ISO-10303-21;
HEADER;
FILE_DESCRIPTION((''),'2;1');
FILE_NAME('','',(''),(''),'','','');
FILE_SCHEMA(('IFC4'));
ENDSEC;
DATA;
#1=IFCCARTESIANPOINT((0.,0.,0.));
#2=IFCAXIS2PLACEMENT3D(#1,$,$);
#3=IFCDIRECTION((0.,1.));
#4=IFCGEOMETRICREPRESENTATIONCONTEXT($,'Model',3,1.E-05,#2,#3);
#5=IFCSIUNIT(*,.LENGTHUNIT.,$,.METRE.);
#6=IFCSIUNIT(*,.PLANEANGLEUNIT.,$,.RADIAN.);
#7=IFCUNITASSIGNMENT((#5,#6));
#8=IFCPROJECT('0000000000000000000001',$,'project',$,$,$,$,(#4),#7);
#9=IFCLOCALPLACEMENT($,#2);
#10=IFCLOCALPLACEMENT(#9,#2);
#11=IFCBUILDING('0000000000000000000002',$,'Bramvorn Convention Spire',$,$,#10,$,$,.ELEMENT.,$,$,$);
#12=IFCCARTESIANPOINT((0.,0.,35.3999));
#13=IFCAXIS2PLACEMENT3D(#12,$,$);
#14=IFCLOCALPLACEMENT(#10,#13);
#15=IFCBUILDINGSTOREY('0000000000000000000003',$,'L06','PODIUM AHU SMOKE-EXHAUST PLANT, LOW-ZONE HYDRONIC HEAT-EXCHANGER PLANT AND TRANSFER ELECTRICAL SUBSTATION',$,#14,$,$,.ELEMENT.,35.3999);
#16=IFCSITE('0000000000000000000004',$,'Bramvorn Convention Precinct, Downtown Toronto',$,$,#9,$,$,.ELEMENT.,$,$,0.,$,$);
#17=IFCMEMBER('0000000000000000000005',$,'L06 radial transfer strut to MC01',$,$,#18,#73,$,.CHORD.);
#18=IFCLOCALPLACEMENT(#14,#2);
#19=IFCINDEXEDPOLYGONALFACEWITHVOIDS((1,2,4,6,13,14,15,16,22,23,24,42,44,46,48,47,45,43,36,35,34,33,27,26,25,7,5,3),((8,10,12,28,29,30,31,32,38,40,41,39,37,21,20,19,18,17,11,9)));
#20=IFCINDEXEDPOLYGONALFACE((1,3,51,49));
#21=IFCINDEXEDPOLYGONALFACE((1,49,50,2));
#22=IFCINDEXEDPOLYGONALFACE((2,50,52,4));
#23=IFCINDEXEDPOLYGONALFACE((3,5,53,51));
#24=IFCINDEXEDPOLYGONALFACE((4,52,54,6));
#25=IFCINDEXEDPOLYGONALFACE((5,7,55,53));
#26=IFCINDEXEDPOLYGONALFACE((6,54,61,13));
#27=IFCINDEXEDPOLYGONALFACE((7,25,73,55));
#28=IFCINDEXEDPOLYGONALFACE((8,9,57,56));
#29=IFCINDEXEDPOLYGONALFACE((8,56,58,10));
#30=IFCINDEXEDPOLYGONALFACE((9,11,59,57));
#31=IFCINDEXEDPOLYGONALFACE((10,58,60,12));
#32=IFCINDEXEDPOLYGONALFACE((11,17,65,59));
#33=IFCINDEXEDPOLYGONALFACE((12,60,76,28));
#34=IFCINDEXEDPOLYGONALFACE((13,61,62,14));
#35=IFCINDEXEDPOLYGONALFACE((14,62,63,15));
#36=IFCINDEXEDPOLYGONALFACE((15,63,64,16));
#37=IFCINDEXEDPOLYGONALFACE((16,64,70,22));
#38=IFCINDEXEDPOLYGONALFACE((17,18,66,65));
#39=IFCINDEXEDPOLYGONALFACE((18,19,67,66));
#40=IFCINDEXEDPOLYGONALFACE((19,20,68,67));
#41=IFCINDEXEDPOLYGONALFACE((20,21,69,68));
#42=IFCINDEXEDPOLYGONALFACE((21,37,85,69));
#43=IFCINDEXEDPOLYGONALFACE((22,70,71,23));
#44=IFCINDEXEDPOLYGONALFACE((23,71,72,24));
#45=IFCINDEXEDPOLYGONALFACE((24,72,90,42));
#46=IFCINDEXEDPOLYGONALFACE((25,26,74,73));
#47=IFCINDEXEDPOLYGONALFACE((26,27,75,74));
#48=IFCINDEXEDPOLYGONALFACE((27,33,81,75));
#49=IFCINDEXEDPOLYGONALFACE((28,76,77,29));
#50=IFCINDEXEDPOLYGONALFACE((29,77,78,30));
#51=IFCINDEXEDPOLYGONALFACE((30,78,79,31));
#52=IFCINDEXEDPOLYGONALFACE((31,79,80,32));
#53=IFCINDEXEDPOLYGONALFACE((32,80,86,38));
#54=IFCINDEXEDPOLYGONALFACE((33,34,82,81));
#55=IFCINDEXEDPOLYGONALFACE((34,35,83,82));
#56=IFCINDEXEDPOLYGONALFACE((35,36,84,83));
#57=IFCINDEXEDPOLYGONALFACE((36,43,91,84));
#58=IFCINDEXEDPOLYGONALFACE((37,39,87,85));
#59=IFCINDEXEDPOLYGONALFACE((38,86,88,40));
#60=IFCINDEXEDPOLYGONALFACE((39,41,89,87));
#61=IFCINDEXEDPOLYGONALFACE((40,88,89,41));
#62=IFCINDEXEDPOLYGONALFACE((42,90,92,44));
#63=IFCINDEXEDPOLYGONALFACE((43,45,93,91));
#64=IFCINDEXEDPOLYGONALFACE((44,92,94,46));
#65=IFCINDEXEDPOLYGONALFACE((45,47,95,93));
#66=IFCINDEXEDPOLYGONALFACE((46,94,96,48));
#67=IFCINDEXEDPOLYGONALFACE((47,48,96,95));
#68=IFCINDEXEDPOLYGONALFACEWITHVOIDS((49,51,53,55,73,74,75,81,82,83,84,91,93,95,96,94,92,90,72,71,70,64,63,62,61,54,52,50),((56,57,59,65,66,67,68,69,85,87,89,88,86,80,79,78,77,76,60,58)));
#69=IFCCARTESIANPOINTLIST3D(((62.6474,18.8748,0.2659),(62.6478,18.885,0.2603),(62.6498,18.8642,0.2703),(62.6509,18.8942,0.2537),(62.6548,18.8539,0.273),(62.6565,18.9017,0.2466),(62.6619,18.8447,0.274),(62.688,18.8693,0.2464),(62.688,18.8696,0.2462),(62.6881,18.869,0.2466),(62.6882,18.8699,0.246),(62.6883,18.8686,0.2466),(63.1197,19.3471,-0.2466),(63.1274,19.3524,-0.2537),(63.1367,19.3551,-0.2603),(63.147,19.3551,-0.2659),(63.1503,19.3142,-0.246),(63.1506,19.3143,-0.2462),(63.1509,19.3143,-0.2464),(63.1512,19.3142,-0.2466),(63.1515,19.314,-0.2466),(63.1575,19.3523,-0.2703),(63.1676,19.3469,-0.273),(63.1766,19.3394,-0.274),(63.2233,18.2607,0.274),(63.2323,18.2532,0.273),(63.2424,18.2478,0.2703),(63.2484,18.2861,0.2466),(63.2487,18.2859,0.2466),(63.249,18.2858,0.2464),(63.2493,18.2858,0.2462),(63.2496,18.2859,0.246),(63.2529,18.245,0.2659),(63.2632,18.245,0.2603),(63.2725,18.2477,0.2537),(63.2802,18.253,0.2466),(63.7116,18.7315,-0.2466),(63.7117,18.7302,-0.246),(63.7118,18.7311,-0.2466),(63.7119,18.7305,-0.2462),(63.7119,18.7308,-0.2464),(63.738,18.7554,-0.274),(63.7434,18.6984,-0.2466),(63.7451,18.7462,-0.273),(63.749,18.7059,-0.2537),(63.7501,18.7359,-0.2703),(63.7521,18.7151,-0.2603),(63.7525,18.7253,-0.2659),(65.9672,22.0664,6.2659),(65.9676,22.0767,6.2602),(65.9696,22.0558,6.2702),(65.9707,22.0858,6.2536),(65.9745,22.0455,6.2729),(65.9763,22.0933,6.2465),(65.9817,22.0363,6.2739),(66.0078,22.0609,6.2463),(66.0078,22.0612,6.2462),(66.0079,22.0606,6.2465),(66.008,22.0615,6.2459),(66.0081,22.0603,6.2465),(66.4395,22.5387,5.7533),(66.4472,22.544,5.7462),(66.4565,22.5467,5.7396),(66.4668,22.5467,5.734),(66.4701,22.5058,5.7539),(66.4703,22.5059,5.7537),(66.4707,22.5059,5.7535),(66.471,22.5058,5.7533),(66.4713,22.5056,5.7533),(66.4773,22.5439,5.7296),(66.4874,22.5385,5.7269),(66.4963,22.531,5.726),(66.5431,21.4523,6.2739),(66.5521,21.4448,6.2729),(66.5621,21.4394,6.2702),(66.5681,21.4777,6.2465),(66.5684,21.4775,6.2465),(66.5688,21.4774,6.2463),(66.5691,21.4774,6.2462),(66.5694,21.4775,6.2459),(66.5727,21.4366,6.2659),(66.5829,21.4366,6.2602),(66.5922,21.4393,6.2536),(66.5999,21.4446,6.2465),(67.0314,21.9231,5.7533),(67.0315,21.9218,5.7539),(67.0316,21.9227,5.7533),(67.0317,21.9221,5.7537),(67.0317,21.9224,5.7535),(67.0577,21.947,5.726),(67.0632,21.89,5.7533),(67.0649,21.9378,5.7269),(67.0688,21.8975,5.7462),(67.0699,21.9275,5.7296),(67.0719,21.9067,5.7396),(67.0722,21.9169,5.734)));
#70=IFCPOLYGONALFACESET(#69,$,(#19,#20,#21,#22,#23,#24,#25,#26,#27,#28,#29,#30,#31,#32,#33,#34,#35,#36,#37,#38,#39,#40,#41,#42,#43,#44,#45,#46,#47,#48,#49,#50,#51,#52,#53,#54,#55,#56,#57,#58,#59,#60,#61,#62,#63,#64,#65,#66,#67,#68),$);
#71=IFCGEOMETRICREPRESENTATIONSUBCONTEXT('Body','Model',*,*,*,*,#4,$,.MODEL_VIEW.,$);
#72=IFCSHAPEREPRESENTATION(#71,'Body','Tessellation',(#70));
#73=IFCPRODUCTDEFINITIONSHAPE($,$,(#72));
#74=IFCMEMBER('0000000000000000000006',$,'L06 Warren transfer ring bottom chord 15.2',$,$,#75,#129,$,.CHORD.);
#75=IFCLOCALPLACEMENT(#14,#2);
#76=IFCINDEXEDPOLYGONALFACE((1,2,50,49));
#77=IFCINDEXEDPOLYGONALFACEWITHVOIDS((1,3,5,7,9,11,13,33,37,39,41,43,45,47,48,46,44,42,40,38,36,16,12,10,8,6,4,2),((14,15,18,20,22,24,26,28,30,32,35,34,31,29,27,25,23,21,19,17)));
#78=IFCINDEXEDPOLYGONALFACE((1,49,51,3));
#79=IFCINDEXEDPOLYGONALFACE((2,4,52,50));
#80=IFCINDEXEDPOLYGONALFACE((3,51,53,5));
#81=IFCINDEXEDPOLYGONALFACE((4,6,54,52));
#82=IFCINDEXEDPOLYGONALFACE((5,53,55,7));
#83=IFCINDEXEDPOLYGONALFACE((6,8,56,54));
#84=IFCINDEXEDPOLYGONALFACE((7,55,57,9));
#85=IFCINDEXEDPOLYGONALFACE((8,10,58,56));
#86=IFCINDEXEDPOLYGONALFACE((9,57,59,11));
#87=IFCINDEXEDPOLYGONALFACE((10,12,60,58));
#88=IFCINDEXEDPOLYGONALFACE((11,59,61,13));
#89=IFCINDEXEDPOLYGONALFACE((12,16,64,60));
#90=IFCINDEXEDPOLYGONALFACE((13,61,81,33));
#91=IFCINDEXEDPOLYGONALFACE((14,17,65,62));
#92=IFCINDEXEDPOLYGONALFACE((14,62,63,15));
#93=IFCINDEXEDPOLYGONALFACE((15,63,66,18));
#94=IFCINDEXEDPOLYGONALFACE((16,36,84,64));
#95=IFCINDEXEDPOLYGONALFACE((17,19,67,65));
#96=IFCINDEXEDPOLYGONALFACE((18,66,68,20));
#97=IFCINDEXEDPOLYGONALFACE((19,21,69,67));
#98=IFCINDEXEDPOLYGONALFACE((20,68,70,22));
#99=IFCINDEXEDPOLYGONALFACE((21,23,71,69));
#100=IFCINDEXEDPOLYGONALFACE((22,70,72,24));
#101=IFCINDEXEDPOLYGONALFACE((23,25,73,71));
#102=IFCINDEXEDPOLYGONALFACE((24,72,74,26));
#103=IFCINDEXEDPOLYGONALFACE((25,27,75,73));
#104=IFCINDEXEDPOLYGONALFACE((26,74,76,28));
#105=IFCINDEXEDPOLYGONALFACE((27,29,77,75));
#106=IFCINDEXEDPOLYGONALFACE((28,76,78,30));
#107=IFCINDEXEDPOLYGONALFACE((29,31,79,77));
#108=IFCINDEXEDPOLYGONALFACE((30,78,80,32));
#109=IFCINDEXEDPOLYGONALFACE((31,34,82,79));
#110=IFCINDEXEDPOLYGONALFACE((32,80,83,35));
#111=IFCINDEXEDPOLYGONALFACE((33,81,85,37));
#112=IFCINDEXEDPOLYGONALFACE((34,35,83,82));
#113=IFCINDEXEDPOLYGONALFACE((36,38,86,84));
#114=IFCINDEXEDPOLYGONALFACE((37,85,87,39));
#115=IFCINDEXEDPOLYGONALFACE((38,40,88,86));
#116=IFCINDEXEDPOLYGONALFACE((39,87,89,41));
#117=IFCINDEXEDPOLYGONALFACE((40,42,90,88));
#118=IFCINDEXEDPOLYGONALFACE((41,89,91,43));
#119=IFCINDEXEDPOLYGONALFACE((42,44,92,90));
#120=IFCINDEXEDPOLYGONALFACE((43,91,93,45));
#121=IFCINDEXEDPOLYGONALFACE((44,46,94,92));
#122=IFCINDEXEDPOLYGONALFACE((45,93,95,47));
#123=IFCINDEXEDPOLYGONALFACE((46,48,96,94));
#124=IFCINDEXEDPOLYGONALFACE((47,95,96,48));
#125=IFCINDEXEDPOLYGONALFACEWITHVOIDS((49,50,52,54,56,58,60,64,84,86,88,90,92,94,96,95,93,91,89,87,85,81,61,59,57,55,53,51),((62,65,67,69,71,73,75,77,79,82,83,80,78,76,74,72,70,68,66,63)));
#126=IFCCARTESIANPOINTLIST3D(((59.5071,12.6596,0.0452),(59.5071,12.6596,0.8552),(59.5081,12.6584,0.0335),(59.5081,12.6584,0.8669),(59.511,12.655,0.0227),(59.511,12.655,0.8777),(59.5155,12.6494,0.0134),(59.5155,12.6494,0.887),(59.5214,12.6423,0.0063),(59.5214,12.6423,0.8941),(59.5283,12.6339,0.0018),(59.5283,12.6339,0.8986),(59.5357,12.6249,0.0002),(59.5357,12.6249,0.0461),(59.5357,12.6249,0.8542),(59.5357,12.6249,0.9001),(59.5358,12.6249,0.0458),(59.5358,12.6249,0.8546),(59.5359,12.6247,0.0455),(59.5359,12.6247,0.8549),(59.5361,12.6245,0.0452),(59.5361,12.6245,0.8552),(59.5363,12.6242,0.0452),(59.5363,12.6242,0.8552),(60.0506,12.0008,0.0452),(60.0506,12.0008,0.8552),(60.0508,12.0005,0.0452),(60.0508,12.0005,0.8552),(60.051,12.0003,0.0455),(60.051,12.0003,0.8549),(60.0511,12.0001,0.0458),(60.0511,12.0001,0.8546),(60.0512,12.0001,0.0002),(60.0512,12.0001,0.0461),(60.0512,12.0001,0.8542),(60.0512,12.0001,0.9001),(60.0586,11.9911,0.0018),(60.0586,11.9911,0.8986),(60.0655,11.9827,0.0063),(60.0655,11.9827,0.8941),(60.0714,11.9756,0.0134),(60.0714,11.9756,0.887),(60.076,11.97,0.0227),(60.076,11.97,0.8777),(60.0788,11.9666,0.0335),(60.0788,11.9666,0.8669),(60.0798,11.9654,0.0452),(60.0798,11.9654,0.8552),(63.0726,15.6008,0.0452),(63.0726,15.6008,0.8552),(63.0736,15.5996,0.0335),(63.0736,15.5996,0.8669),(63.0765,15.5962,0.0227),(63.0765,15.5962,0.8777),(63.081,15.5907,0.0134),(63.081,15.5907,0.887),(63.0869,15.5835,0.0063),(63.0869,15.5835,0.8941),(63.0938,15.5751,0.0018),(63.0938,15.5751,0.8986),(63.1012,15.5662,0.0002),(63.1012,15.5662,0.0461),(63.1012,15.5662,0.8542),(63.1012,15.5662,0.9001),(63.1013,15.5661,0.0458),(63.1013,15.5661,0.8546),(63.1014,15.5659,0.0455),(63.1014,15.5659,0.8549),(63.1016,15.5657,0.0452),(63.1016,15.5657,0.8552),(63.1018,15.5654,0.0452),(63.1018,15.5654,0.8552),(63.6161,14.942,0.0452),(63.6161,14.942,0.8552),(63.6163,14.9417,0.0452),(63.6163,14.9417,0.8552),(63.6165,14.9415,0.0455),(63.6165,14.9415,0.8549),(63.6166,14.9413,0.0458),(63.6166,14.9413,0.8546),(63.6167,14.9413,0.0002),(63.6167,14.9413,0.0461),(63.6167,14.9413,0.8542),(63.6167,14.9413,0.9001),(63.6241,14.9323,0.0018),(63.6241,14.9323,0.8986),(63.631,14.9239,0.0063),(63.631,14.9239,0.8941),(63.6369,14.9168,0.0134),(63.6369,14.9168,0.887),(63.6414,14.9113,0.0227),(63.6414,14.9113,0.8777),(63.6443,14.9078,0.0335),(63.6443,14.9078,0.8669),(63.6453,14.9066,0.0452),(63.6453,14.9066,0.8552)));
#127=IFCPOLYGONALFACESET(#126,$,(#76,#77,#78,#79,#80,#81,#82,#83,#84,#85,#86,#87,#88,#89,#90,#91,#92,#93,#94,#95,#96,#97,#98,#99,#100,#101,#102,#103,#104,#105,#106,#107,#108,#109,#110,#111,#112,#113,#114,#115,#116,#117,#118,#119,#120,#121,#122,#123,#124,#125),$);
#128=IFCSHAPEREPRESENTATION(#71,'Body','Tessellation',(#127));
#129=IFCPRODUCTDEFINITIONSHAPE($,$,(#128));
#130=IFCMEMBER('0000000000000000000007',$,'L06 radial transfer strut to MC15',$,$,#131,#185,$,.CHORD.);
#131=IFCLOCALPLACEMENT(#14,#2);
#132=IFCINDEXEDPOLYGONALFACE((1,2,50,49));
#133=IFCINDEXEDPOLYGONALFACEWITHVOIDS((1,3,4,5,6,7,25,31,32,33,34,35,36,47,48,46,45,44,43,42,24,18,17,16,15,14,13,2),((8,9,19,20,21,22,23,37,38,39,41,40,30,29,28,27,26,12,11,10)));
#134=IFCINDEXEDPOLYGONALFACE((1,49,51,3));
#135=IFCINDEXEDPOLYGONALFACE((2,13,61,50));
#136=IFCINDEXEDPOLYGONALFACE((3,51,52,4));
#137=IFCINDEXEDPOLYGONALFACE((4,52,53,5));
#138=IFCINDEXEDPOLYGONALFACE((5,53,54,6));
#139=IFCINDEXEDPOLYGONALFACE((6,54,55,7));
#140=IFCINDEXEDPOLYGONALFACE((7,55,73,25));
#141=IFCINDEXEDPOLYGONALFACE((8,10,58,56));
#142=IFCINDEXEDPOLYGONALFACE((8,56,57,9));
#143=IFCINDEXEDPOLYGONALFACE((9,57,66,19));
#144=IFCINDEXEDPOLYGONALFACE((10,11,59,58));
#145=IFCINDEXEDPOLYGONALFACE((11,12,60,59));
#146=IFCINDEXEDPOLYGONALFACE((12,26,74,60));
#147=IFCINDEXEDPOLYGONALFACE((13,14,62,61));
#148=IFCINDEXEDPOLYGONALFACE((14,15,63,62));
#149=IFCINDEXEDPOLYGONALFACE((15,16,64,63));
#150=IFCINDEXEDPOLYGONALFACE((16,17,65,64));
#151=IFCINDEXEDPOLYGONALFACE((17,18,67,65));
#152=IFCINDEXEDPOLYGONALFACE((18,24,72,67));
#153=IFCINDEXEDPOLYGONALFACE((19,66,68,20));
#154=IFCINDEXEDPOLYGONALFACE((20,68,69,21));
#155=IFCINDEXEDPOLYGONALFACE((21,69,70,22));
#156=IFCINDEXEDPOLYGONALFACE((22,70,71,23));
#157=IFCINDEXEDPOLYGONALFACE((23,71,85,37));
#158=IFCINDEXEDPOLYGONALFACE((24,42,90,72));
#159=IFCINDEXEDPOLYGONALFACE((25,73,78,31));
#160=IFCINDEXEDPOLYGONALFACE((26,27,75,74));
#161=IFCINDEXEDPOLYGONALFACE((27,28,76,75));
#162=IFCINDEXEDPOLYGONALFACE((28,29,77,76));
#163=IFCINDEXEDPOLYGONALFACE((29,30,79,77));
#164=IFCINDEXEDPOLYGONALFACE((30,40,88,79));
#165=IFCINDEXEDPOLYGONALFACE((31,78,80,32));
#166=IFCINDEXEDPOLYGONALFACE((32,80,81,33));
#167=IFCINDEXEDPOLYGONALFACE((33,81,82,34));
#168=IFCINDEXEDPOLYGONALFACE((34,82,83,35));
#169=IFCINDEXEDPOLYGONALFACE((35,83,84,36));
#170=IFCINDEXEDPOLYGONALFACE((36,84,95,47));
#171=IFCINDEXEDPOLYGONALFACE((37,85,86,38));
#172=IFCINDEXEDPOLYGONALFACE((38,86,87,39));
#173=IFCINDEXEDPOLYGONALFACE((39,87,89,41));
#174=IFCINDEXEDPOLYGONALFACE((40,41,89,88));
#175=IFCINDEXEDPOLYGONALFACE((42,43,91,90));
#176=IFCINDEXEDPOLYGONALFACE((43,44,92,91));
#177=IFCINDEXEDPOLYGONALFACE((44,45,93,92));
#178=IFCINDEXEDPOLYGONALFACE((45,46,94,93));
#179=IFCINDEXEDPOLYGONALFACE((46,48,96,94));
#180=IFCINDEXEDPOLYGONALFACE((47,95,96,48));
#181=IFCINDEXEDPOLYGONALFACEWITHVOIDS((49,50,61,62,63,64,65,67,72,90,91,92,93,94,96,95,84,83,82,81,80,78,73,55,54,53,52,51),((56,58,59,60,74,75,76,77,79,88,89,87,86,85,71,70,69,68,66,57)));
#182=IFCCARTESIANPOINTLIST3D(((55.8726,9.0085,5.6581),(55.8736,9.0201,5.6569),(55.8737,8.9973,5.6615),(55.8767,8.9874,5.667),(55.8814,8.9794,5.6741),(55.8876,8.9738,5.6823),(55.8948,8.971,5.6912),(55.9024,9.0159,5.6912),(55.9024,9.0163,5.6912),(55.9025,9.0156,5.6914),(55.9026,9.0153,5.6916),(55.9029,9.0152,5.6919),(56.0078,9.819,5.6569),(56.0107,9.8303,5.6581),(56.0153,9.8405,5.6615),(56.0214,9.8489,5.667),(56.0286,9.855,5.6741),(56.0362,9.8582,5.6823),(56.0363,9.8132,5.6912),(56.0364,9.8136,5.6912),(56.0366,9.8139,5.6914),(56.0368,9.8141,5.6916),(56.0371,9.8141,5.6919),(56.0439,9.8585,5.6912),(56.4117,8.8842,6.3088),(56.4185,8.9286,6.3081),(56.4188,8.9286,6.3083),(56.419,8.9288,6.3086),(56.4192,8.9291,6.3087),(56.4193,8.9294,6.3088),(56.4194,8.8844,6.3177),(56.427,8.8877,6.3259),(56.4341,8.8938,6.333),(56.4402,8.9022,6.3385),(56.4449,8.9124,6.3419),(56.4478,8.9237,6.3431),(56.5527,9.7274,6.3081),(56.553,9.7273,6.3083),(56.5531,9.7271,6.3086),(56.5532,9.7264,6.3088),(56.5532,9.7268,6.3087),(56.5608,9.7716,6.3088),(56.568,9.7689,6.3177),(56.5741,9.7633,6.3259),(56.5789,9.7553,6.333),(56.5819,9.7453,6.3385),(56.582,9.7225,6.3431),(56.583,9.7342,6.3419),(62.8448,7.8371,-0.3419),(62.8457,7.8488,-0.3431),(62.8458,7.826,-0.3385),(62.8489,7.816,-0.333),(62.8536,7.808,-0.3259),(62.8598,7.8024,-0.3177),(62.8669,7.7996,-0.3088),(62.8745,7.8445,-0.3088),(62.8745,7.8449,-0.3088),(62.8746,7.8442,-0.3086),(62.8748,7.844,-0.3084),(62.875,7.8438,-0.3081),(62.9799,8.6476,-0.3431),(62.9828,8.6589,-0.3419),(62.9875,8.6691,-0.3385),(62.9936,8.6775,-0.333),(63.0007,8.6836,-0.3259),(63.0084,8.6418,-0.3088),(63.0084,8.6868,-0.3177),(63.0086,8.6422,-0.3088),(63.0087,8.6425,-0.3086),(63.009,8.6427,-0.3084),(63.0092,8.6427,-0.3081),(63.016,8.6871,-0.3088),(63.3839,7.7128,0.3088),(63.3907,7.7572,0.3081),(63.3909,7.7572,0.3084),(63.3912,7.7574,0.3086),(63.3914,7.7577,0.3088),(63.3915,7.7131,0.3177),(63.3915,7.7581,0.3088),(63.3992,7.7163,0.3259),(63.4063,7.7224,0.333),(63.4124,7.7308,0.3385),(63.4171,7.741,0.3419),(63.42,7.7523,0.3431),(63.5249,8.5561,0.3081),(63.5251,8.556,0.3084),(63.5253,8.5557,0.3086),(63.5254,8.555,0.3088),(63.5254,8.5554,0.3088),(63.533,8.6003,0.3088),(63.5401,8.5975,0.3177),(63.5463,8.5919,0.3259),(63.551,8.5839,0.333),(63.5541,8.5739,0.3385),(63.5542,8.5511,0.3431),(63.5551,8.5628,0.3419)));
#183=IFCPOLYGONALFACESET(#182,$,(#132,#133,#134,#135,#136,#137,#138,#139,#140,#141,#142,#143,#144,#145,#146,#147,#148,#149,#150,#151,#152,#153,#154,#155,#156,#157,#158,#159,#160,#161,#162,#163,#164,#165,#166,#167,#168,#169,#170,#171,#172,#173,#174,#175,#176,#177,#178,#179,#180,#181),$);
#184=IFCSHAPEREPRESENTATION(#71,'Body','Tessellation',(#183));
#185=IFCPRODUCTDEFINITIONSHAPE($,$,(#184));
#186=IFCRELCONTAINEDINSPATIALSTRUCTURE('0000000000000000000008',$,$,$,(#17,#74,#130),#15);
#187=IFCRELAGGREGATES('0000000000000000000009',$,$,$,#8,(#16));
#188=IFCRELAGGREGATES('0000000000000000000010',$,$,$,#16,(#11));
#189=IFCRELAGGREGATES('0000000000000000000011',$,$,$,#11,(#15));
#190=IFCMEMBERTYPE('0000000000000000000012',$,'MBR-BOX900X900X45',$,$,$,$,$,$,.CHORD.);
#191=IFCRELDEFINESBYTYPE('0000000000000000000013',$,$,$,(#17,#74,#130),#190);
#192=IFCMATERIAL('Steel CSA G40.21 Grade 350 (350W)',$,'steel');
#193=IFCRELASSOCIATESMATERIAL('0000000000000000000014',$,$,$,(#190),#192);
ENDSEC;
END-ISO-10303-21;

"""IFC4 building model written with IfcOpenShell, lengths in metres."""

from ifc_helpers import new_model, si_unit, direction, frame, origin, origin_2d, place, context, subcontext, project, spatial, hollow_rectangle, extrude, material, material_profile, profile_set, type_object, element, save


model = new_model("IFC4")

# Units and contexts
model_context = context("Model", 3, precision=1e-05, world=origin(), true_north=direction((0.0, 1.0)))
body_context = subcontext(model_context, "Body", "Model", "MODEL_VIEW")
ifc_project = project(units=[si_unit("LENGTHUNIT", "METRE"), si_unit("PLANEANGLEUNIT", "RADIAN")], contexts=[model_context])

# Site, building, storey
site_placement = place(None, origin())
site = spatial("IfcSite", under=ifc_project, at=site_placement, Name="Bramvorn Convention Precinct, Downtown Toronto", CompositionType="ELEMENT", RefElevation=0.0)
building_placement = place(site_placement, origin())
building = spatial("IfcBuilding", under=site, at=building_placement, Name="Bramvorn Convention Spire", CompositionType="ELEMENT")
storey_placement = place(building_placement, frame((0.0, 0.0, 35.3999)))
storey = spatial("IfcBuildingStorey", under=building, at=storey_placement, Name="L06", Description="PODIUM AHU SMOKE-EXHAUST PLANT, LOW-ZONE HYDRONIC HEAT-EXCHANGER PLANT AND TRANSFER ELECTRICAL SUBSTATION", CompositionType="ELEMENT", Elevation=35.3999)

# Shared definitions
ifc_material_1 = material(Name="Steel CSA G40.21 Grade 350 (350W)", Category="steel")

# Members
ifc_material_profile_1 = material_profile(ifc_material_1, hollow_rectangle(XDim=0.8999, YDim=0.8999, WallThickness=0.0449, InnerFilletRadius=0.001, OuterFilletRadius=0.0449, at=origin_2d()))
ifc_profile_set_1 = profile_set([ifc_material_profile_1], Name="Steel CSA G40.21 Grade 350 (350W) - BOX900X900X45")
member_type_1 = type_object("IfcMemberType", Name="MBR-BOX900X900X45", PredefinedType="CHORD", material=ifc_profile_set_1)
member_1_placement = place(storey_placement, frame((63.2, 18.8, 0.0), z_axis=(0.438922, 0.421976, 0.793274), x_axis=(-0.693054, 0.720886, 0.0)))
element("IfcMember", 1, at=member_1_placement, inside=storey, type_object=member_type_1, Name="L06 radial transfer strut to MC01", PredefinedType="CHORD", context=body_context, shape_type="SweptSolid", body=[
    extrude(hollow_rectangle(XDim=0.8999, YDim=0.8999, WallThickness=0.0449, InnerFilletRadius=0.001, OuterFilletRadius=0.0449, at=origin_2d()), origin(), (0.0, 0.0, 1.0), 7.5635),
])
member_2_placement = place(storey_placement, frame((59.7935, 12.3125, 0.4502), z_axis=(0.771407, 0.636342, 0.0), x_axis=(-0.636342, 0.771407, 0.0)))
element("IfcMember", 2, at=member_2_placement, inside=storey, type_object=member_type_1, Name="L06 Warren transfer ring bottom chord 15.2", PredefinedType="CHORD", context=body_context, shape_type="SweptSolid", body=[
    extrude(hollow_rectangle(XDim=0.8999, YDim=0.8999, WallThickness=0.0449, InnerFilletRadius=0.001, OuterFilletRadius=0.0449, at=origin_2d()), origin(), (0.0, 0.0, 1.0), 4.6221),
])
member_3_placement = place(storey_placement, frame((63.2, 8.2, 0.0), z_axis=(-0.751901, 0.126326, 0.64706), x_axis=(-0.165687, -0.986178, 0.0)))
element("IfcMember", 3, at=member_3_placement, inside=storey, type_object=member_type_1, Name="L06 radial transfer strut to MC15", PredefinedType="CHORD", context=body_context, shape_type="SweptSolid", body=[
    extrude(hollow_rectangle(XDim=0.8999, YDim=0.8999, WallThickness=0.0449, InnerFilletRadius=0.001, OuterFilletRadius=0.0449, at=origin_2d()), origin(), (0.0, 0.0, 1.0), 9.2727),
])

save(model, "model.ifc")
